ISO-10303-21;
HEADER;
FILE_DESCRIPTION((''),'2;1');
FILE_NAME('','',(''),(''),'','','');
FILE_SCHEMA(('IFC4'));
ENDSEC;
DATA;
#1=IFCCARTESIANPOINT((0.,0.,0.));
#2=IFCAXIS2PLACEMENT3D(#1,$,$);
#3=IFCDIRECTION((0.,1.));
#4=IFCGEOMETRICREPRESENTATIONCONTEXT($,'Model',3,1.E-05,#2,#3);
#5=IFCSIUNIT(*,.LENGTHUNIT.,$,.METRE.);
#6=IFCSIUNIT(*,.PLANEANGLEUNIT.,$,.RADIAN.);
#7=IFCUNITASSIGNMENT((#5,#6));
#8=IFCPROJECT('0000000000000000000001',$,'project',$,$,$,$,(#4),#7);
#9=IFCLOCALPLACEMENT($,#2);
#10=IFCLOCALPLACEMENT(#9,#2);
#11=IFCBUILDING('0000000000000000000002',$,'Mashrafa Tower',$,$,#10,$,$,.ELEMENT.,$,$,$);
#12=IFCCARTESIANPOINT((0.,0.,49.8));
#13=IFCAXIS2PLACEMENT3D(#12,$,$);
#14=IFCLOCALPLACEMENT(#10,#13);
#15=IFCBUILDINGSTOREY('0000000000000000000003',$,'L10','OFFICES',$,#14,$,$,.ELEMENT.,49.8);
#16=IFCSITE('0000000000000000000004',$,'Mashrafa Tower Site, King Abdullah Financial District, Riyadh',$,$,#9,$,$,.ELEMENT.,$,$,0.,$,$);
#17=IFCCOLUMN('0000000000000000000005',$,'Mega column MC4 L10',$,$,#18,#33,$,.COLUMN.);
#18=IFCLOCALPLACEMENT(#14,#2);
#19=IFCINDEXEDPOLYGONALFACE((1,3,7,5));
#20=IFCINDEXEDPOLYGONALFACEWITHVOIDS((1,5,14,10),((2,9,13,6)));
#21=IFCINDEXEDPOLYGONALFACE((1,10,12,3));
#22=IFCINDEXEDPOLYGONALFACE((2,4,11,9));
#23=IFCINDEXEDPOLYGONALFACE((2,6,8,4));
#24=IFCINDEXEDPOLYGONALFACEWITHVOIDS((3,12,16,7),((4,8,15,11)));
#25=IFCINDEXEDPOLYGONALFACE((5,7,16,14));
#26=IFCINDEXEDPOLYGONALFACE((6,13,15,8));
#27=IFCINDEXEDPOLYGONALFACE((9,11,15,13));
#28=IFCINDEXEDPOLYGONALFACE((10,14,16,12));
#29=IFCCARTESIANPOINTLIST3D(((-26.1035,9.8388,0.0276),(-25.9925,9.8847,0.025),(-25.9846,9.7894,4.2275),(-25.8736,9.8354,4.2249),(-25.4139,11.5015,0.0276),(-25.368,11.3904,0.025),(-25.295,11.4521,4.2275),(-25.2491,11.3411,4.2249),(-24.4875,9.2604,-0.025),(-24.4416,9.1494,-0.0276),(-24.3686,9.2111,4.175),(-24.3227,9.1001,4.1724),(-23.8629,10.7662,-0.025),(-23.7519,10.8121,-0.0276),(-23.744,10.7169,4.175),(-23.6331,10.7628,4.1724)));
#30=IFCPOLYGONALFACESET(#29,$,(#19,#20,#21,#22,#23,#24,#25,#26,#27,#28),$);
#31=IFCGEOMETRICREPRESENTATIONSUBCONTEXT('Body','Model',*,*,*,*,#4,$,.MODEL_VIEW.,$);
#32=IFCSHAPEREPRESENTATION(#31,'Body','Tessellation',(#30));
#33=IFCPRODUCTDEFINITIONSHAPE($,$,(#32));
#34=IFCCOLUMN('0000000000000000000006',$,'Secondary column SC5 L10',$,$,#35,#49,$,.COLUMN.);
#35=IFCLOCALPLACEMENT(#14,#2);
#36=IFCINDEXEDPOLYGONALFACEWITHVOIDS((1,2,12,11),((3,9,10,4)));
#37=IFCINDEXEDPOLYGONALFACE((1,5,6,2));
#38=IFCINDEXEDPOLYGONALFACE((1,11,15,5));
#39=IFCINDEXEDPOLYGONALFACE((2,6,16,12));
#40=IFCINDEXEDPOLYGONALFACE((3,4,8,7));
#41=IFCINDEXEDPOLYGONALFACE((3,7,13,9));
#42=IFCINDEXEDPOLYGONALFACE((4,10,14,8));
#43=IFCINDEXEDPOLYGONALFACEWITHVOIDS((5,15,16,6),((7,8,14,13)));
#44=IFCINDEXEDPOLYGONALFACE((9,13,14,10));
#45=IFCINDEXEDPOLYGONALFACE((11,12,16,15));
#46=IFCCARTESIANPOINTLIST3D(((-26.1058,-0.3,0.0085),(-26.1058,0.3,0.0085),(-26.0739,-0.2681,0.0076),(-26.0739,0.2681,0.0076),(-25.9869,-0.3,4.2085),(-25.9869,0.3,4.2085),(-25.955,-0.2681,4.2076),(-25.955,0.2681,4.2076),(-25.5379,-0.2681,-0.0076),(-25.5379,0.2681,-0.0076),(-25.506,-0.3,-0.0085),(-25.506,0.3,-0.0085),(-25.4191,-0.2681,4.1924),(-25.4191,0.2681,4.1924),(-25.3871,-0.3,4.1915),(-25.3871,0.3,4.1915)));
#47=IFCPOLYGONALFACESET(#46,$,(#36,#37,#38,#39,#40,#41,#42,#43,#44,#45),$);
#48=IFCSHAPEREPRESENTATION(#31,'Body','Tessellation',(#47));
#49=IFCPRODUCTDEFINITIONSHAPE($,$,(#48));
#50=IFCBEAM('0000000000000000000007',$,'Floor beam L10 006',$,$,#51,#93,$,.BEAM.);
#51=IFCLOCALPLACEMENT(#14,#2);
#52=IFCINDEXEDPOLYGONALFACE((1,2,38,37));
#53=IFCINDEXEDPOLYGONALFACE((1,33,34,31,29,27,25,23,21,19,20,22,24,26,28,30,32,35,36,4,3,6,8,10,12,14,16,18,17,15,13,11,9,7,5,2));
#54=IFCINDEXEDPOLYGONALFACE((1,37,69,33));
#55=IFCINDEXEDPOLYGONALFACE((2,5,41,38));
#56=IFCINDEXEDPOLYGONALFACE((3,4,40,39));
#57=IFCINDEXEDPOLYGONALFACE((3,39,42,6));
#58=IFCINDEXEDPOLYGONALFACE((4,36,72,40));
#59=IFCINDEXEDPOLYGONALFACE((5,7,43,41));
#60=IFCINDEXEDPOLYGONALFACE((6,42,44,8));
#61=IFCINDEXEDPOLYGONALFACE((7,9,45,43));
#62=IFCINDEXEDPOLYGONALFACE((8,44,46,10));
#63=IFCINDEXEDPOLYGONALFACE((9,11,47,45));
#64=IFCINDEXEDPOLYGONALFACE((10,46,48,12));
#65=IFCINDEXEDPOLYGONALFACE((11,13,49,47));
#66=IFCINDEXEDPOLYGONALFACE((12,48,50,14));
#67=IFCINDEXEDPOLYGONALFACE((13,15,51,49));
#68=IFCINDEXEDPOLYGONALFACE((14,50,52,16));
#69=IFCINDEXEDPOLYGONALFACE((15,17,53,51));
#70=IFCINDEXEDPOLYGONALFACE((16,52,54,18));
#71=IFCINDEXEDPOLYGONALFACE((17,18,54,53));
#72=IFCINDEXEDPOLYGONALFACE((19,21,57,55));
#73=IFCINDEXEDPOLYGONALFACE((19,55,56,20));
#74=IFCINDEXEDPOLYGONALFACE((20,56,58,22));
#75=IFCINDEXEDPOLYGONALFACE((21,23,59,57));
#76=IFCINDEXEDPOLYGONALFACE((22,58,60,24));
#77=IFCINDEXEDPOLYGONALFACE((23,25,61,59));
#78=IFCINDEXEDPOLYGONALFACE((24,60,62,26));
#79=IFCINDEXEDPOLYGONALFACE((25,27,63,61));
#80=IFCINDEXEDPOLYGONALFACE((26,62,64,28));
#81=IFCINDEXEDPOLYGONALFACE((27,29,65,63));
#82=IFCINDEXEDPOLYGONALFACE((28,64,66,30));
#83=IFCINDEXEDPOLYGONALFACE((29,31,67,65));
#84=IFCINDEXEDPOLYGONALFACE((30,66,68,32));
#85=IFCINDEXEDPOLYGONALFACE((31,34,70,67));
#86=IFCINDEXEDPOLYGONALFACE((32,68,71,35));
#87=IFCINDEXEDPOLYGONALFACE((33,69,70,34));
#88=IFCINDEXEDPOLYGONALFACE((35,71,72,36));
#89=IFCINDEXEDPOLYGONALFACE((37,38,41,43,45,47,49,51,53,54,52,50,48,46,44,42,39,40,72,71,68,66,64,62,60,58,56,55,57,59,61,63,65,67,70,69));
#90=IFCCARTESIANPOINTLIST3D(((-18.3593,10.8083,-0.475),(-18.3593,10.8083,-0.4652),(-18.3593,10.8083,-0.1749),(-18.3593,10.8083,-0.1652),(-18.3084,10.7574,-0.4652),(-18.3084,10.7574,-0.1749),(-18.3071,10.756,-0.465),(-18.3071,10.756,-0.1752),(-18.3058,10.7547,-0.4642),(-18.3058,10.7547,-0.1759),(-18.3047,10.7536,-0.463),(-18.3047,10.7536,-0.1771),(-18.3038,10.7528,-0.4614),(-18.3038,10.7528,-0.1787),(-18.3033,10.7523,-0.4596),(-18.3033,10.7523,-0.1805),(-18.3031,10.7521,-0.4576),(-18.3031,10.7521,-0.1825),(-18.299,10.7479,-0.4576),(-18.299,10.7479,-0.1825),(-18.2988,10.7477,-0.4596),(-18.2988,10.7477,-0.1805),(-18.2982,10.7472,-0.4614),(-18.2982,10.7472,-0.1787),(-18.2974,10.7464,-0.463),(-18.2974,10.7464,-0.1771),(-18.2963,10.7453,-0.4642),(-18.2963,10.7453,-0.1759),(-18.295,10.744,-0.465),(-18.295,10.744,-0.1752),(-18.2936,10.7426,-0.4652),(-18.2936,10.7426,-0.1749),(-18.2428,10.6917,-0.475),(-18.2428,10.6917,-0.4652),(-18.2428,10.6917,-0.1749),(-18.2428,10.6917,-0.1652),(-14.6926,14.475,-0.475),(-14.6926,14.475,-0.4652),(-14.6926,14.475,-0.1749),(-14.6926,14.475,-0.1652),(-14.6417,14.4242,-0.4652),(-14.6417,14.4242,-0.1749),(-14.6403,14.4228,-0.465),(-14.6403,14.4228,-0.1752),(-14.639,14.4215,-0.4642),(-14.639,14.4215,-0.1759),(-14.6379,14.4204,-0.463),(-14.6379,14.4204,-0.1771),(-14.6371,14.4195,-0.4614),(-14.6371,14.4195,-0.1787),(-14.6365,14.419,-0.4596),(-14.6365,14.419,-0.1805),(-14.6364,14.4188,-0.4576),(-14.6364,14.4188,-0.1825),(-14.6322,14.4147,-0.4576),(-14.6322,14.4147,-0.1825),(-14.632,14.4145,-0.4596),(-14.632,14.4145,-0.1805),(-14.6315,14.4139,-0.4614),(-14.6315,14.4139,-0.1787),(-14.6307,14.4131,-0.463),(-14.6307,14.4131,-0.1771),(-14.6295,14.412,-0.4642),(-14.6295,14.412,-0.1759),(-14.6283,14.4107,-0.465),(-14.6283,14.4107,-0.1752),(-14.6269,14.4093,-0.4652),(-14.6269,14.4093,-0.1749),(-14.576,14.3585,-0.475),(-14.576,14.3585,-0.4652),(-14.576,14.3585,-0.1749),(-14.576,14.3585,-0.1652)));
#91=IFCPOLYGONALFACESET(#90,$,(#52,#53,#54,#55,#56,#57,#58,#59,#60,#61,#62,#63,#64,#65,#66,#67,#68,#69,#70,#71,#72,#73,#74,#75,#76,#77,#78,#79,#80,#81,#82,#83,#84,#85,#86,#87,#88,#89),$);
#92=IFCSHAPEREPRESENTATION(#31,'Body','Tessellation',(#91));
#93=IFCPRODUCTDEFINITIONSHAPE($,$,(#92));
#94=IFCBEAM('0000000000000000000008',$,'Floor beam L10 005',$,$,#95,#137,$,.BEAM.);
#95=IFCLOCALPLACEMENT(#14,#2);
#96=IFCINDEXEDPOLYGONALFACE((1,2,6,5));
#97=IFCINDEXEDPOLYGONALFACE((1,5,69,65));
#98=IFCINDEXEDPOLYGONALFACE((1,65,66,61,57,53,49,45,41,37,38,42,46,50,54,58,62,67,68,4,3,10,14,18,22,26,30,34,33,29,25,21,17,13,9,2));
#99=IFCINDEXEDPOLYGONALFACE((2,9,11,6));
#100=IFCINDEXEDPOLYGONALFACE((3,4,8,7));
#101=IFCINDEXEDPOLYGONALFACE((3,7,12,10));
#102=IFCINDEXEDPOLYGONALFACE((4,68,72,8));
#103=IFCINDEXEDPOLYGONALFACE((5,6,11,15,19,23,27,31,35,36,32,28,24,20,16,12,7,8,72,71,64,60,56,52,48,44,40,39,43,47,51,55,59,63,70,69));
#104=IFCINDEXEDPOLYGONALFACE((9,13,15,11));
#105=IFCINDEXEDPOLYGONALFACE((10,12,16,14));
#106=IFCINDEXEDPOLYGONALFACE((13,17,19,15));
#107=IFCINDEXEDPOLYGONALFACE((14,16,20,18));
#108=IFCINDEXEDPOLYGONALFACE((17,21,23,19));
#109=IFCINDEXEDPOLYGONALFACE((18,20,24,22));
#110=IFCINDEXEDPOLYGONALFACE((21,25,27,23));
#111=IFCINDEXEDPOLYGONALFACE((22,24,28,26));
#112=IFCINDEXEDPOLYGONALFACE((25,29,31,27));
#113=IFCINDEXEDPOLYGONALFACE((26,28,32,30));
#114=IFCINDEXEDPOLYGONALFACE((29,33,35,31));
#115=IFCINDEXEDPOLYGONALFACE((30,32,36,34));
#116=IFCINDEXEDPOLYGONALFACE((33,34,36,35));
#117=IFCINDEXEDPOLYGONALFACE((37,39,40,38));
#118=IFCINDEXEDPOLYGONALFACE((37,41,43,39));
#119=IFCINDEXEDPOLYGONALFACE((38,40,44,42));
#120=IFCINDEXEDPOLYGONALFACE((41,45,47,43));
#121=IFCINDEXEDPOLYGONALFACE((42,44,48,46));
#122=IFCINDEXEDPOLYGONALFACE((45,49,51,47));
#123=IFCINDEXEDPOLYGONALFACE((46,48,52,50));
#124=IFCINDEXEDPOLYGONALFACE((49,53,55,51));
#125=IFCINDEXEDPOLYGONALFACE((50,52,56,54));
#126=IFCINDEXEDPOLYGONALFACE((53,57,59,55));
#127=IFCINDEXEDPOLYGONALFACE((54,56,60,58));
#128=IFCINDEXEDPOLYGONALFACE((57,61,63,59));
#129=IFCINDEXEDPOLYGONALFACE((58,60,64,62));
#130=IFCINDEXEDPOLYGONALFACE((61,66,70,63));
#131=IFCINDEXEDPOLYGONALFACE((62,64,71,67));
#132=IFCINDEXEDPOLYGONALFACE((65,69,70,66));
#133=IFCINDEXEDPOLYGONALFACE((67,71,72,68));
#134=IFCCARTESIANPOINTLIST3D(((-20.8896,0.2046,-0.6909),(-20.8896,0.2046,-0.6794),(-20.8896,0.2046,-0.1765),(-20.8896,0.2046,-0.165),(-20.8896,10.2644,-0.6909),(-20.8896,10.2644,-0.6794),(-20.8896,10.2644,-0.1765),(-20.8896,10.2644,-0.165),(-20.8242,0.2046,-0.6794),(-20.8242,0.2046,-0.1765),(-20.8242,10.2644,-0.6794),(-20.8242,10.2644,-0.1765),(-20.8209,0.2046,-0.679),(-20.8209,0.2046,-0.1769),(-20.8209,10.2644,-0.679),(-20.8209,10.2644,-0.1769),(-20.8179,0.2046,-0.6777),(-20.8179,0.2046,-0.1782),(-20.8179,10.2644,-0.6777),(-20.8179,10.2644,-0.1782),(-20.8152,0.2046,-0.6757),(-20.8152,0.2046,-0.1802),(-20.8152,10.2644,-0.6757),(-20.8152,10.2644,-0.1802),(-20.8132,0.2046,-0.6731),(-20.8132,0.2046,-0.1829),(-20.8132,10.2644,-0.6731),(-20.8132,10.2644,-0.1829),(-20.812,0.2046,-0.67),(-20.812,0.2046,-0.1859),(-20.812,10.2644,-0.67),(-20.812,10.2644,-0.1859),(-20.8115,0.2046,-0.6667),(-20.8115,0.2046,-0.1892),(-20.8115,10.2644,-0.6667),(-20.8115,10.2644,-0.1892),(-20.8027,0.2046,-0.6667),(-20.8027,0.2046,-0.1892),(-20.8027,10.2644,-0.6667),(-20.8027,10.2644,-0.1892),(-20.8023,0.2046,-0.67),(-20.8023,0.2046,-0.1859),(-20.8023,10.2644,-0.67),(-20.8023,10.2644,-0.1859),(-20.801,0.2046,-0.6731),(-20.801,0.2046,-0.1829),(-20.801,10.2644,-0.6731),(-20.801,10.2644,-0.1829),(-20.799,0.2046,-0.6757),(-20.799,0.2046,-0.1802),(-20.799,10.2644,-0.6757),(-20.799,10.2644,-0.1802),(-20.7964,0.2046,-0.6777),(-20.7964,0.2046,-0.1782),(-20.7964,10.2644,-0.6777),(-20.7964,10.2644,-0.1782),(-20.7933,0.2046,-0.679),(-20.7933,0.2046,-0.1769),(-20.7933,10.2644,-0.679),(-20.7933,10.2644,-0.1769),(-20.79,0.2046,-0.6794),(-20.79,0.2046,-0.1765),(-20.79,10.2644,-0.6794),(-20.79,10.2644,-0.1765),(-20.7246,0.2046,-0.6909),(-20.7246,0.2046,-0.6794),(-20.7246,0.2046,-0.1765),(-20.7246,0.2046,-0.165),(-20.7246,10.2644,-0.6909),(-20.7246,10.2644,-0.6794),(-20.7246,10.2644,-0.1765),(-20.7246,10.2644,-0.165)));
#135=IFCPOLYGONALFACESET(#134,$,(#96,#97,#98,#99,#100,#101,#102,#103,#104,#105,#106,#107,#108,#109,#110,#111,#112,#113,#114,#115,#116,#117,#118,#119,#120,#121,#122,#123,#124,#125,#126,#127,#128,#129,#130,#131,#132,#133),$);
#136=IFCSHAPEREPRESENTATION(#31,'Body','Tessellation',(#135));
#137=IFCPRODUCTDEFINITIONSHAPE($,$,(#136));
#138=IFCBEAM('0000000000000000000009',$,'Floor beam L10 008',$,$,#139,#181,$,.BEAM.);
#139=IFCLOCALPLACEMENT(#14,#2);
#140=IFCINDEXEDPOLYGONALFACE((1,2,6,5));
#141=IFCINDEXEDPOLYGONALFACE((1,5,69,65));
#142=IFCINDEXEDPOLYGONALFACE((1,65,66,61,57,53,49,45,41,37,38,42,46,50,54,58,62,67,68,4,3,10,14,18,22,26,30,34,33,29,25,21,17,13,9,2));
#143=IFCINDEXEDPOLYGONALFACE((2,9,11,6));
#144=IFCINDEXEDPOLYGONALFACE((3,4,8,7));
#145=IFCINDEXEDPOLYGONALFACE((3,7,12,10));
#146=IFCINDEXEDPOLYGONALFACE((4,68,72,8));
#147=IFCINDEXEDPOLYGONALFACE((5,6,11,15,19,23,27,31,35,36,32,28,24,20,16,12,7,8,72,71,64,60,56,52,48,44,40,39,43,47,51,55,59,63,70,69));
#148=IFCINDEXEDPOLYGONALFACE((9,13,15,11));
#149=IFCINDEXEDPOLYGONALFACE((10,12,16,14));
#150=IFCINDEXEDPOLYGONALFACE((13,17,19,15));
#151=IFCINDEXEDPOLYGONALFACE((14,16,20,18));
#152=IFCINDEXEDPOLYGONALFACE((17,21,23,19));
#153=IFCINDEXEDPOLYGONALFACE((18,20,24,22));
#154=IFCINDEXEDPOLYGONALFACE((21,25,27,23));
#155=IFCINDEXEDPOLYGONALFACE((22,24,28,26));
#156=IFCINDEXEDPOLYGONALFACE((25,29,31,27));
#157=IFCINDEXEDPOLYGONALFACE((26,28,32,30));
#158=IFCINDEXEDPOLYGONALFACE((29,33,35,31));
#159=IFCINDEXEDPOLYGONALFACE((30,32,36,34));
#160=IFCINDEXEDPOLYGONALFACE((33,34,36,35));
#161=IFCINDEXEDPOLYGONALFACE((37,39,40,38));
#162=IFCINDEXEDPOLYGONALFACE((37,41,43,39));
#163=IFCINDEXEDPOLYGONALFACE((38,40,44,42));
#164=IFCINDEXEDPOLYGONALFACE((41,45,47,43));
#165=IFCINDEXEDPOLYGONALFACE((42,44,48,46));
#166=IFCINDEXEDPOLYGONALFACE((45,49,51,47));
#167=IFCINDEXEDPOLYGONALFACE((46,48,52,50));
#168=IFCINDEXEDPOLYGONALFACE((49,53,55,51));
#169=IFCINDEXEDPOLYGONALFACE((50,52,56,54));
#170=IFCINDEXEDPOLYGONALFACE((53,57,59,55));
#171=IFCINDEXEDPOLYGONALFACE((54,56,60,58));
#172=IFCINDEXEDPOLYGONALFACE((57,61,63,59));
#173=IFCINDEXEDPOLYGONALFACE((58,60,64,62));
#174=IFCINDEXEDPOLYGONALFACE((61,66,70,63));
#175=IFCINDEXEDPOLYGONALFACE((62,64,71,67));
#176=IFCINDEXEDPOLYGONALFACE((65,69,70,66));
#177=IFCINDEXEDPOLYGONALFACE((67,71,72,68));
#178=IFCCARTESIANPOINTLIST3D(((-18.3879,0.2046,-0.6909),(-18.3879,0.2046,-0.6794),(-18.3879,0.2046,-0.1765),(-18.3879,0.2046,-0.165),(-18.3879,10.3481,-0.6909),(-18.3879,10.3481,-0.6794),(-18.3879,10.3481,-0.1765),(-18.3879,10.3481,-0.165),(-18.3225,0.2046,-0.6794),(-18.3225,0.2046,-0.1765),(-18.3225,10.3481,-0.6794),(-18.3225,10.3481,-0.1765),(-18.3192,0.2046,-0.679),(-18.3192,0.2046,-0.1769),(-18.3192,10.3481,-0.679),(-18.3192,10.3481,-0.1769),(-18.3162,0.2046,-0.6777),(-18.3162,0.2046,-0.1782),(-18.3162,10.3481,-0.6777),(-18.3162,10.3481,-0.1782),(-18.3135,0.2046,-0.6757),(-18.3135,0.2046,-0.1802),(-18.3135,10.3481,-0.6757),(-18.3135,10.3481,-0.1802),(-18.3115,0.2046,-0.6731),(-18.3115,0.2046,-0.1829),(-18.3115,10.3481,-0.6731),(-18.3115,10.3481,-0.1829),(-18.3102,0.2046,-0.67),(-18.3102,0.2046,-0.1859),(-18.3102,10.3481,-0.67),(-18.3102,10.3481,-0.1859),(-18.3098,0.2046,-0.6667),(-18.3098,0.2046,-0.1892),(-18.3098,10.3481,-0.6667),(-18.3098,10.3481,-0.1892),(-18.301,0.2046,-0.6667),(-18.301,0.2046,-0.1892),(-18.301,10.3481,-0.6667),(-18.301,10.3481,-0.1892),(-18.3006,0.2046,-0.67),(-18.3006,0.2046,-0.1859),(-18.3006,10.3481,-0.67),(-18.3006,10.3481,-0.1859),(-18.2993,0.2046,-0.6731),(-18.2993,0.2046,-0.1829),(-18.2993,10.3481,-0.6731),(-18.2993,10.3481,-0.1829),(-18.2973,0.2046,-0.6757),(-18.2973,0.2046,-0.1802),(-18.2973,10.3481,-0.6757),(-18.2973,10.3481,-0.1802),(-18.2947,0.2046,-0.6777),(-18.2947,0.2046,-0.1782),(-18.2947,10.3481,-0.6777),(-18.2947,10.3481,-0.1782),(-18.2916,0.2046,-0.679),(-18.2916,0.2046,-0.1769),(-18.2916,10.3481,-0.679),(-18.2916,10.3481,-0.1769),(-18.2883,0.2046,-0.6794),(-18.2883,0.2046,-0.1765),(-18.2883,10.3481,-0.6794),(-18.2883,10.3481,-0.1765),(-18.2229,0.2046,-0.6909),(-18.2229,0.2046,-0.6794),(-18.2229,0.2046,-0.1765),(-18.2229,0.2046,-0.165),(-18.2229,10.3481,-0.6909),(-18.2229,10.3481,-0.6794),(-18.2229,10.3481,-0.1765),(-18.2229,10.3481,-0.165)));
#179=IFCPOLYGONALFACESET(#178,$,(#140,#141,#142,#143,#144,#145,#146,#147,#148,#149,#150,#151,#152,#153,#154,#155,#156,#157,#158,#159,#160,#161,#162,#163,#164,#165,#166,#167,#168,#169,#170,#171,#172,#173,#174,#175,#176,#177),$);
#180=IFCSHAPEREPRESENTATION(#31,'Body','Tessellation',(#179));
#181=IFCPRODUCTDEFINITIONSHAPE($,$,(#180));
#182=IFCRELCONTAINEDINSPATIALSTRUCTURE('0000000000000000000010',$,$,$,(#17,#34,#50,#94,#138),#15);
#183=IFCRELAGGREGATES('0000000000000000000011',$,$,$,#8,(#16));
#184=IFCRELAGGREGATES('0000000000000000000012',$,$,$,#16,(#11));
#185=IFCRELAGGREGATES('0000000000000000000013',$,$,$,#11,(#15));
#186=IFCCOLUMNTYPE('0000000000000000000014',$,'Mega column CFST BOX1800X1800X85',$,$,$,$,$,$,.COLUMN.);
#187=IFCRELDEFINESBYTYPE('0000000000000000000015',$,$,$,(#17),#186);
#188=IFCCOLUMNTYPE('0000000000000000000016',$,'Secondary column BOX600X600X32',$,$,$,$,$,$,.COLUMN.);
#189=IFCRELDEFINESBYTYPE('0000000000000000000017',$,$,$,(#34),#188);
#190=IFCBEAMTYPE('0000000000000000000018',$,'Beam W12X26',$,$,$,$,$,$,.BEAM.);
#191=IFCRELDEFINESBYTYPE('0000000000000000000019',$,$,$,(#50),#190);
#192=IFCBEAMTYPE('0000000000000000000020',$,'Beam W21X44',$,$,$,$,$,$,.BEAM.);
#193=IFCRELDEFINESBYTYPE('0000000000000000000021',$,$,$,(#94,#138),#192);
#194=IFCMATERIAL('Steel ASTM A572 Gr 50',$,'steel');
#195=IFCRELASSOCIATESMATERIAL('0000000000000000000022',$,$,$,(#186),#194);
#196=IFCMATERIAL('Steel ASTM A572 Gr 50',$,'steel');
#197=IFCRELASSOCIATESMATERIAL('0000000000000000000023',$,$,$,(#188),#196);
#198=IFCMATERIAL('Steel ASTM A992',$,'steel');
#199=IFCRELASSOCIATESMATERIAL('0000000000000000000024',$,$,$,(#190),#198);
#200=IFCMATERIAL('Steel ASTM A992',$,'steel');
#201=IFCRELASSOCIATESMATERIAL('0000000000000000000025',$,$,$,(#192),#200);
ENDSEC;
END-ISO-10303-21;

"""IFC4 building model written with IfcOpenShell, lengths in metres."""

from ifc_helpers import new_model, si_unit, direction, frame, origin, origin_2d, place, context, subcontext, project, spatial, hollow_rectangle, i_section, extrude, material, material_profile, profile_set, type_object, element, save


model = new_model("IFC4")

# Units and contexts
model_context = context("Model", 3, precision=1e-05, world=origin(), true_north=direction((0.0, 1.0)))
body_context = subcontext(model_context, "Body", "Model", "MODEL_VIEW")
ifc_project = project(units=[si_unit("LENGTHUNIT", "METRE"), si_unit("PLANEANGLEUNIT", "RADIAN")], contexts=[model_context])

# Site, building, storey
site_placement = place(None, origin())
site = spatial("IfcSite", under=ifc_project, at=site_placement, Name="Mashrafa Tower Site, King Abdullah Financial District, Riyadh", CompositionType="ELEMENT", RefElevation=0.0)
building_placement = place(site_placement, origin())
building = spatial("IfcBuilding", under=site, at=building_placement, Name="Mashrafa Tower", CompositionType="ELEMENT")
storey_placement = place(building_placement, frame((0.0, 0.0, 49.8)))
storey = spatial("IfcBuildingStorey", under=building, at=storey_placement, Name="L10", Description="OFFICES", CompositionType="ELEMENT", Elevation=49.8)

# Columns
ifc_material_1 = material(Name="Steel ASTM A572 Gr 50", Category="steel")
ifc_material_profile_1 = material_profile(ifc_material_1, hollow_rectangle(XDim=1.8, YDim=1.8, WallThickness=0.085, at=origin_2d()), Name="BOX1800X1800X85")
ifc_profile_set_1 = profile_set([ifc_material_profile_1], Name="Steel ASTM A572 Gr 50")
column_type_1 = type_object("IfcColumnType", Name="Mega column CFST BOX1800X1800X85", PredefinedType="COLUMN", material=ifc_profile_set_1)
column_1_placement = place(storey_placement, frame((-24.9277, 10.3254, 0.0), z_axis=(0.028296, -0.011737, 0.999531), x_axis=(0.383133, 0.923693, 0.0)))
element("IfcColumn", 1, at=column_1_placement, inside=storey, type_object=column_type_1, Name="Mega column MC4 L10", PredefinedType="COLUMN", context=body_context, shape_type="SweptSolid", body=[
    extrude(hollow_rectangle(XDim=1.8, YDim=1.8, WallThickness=0.085, at=origin_2d()), origin(), (0.0, 0.0, 1.0), 4.2019),
])
ifc_material_2 = material(Name="Steel ASTM A572 Gr 50", Category="steel")
ifc_material_profile_2 = material_profile(ifc_material_2, hollow_rectangle(XDim=0.6001, YDim=0.6001, WallThickness=0.032, at=origin_2d()), Name="BOX600X600X32")
ifc_profile_set_2 = profile_set([ifc_material_profile_2], Name="Steel ASTM A572 Gr 50")
column_type_2 = type_object("IfcColumnType", Name="Secondary column BOX600X600X32", PredefinedType="COLUMN", material=ifc_profile_set_2)
column_2_placement = place(storey_placement, frame((-25.8059, 0.0, 0.0), z_axis=(0.028298, 0.0, 0.9996), x_axis=(0.0, 1.0, 0.0)))
element("IfcColumn", 2, at=column_2_placement, inside=storey, type_object=column_type_2, Name="Secondary column SC5 L10", PredefinedType="COLUMN", context=body_context, shape_type="SweptSolid", body=[
    extrude(hollow_rectangle(XDim=0.6001, YDim=0.6001, WallThickness=0.032, at=origin_2d()), origin(), (0.0, 0.0, 1.0), 4.2017),
])

# Beams
ifc_material_3 = material(Name="Steel ASTM A992", Category="steel")
ifc_material_profile_3 = material_profile(ifc_material_3, i_section(OverallWidth=0.1648, OverallDepth=0.3098, WebThickness=0.0059, FlangeThickness=0.0098, FilletRadius=0.0076, at=origin_2d()), Name="W12X26")
ifc_profile_set_3 = profile_set([ifc_material_profile_3], Name="Steel ASTM A992")
beam_type_1 = type_object("IfcBeamType", Name="Beam W12X26", PredefinedType="BEAM", material=ifc_profile_set_3)
beam_1_placement = place(storey_placement, frame((-18.301, 10.75, -0.3201), z_axis=(0.707107, 0.707107, 0.0), x_axis=(-0.707107, 0.707107, 0.0)))
element("IfcBeam", 3, at=beam_1_placement, inside=storey, type_object=beam_type_1, Name="Floor beam L10 006", PredefinedType="BEAM", context=body_context, shape_type="SweptSolid", body=[
    extrude(i_section(OverallWidth=0.1648, OverallDepth=0.3098, WebThickness=0.0059, FlangeThickness=0.0098, FilletRadius=0.0076, at=origin_2d()), origin(), (0.0, 0.0, 1.0), 5.1855),
])
ifc_material_4 = material(Name="Steel ASTM A992", Category="steel")
ifc_material_profile_4 = material_profile(ifc_material_4, i_section(OverallWidth=0.165, OverallDepth=0.5259, WebThickness=0.0088, FlangeThickness=0.0115, FilletRadius=0.0127, at=origin_2d()), Name="W21X44")
ifc_profile_set_4 = profile_set([ifc_material_profile_4], Name="Steel ASTM A992")
beam_type_2 = type_object("IfcBeamType", Name="Beam W21X44", PredefinedType="BEAM", material=ifc_profile_set_4)
beam_2_placement = place(storey_placement, frame((-20.8071, 0.2046, -0.428), z_axis=(0.0, 1.0, 0.0), x_axis=(-1.0, 0.0, 0.0)))
element("IfcBeam", 4, at=beam_2_placement, inside=storey, type_object=beam_type_2, Name="Floor beam L10 005", PredefinedType="BEAM", context=body_context, shape_type="SweptSolid", body=[
    extrude(i_section(OverallWidth=0.165, OverallDepth=0.5259, WebThickness=0.0088, FlangeThickness=0.0115, FilletRadius=0.0127, at=origin_2d()), origin(), (0.0, 0.0, 1.0), 10.0598),
])
beam_3_placement = place(storey_placement, frame((-18.3054, 0.2046, -0.428), z_axis=(0.0, 1.0, 0.0), x_axis=(-1.0, 0.0, 0.0)))
element("IfcBeam", 5, at=beam_3_placement, inside=storey, type_object=beam_type_2, Name="Floor beam L10 008", PredefinedType="BEAM", context=body_context, shape_type="SweptSolid", body=[
    extrude(i_section(OverallWidth=0.165, OverallDepth=0.5259, WebThickness=0.0088, FlangeThickness=0.0115, FilletRadius=0.0127, at=origin_2d()), origin(), (0.0, 0.0, 1.0), 10.1436),
])

save(model, "model.ifc")
